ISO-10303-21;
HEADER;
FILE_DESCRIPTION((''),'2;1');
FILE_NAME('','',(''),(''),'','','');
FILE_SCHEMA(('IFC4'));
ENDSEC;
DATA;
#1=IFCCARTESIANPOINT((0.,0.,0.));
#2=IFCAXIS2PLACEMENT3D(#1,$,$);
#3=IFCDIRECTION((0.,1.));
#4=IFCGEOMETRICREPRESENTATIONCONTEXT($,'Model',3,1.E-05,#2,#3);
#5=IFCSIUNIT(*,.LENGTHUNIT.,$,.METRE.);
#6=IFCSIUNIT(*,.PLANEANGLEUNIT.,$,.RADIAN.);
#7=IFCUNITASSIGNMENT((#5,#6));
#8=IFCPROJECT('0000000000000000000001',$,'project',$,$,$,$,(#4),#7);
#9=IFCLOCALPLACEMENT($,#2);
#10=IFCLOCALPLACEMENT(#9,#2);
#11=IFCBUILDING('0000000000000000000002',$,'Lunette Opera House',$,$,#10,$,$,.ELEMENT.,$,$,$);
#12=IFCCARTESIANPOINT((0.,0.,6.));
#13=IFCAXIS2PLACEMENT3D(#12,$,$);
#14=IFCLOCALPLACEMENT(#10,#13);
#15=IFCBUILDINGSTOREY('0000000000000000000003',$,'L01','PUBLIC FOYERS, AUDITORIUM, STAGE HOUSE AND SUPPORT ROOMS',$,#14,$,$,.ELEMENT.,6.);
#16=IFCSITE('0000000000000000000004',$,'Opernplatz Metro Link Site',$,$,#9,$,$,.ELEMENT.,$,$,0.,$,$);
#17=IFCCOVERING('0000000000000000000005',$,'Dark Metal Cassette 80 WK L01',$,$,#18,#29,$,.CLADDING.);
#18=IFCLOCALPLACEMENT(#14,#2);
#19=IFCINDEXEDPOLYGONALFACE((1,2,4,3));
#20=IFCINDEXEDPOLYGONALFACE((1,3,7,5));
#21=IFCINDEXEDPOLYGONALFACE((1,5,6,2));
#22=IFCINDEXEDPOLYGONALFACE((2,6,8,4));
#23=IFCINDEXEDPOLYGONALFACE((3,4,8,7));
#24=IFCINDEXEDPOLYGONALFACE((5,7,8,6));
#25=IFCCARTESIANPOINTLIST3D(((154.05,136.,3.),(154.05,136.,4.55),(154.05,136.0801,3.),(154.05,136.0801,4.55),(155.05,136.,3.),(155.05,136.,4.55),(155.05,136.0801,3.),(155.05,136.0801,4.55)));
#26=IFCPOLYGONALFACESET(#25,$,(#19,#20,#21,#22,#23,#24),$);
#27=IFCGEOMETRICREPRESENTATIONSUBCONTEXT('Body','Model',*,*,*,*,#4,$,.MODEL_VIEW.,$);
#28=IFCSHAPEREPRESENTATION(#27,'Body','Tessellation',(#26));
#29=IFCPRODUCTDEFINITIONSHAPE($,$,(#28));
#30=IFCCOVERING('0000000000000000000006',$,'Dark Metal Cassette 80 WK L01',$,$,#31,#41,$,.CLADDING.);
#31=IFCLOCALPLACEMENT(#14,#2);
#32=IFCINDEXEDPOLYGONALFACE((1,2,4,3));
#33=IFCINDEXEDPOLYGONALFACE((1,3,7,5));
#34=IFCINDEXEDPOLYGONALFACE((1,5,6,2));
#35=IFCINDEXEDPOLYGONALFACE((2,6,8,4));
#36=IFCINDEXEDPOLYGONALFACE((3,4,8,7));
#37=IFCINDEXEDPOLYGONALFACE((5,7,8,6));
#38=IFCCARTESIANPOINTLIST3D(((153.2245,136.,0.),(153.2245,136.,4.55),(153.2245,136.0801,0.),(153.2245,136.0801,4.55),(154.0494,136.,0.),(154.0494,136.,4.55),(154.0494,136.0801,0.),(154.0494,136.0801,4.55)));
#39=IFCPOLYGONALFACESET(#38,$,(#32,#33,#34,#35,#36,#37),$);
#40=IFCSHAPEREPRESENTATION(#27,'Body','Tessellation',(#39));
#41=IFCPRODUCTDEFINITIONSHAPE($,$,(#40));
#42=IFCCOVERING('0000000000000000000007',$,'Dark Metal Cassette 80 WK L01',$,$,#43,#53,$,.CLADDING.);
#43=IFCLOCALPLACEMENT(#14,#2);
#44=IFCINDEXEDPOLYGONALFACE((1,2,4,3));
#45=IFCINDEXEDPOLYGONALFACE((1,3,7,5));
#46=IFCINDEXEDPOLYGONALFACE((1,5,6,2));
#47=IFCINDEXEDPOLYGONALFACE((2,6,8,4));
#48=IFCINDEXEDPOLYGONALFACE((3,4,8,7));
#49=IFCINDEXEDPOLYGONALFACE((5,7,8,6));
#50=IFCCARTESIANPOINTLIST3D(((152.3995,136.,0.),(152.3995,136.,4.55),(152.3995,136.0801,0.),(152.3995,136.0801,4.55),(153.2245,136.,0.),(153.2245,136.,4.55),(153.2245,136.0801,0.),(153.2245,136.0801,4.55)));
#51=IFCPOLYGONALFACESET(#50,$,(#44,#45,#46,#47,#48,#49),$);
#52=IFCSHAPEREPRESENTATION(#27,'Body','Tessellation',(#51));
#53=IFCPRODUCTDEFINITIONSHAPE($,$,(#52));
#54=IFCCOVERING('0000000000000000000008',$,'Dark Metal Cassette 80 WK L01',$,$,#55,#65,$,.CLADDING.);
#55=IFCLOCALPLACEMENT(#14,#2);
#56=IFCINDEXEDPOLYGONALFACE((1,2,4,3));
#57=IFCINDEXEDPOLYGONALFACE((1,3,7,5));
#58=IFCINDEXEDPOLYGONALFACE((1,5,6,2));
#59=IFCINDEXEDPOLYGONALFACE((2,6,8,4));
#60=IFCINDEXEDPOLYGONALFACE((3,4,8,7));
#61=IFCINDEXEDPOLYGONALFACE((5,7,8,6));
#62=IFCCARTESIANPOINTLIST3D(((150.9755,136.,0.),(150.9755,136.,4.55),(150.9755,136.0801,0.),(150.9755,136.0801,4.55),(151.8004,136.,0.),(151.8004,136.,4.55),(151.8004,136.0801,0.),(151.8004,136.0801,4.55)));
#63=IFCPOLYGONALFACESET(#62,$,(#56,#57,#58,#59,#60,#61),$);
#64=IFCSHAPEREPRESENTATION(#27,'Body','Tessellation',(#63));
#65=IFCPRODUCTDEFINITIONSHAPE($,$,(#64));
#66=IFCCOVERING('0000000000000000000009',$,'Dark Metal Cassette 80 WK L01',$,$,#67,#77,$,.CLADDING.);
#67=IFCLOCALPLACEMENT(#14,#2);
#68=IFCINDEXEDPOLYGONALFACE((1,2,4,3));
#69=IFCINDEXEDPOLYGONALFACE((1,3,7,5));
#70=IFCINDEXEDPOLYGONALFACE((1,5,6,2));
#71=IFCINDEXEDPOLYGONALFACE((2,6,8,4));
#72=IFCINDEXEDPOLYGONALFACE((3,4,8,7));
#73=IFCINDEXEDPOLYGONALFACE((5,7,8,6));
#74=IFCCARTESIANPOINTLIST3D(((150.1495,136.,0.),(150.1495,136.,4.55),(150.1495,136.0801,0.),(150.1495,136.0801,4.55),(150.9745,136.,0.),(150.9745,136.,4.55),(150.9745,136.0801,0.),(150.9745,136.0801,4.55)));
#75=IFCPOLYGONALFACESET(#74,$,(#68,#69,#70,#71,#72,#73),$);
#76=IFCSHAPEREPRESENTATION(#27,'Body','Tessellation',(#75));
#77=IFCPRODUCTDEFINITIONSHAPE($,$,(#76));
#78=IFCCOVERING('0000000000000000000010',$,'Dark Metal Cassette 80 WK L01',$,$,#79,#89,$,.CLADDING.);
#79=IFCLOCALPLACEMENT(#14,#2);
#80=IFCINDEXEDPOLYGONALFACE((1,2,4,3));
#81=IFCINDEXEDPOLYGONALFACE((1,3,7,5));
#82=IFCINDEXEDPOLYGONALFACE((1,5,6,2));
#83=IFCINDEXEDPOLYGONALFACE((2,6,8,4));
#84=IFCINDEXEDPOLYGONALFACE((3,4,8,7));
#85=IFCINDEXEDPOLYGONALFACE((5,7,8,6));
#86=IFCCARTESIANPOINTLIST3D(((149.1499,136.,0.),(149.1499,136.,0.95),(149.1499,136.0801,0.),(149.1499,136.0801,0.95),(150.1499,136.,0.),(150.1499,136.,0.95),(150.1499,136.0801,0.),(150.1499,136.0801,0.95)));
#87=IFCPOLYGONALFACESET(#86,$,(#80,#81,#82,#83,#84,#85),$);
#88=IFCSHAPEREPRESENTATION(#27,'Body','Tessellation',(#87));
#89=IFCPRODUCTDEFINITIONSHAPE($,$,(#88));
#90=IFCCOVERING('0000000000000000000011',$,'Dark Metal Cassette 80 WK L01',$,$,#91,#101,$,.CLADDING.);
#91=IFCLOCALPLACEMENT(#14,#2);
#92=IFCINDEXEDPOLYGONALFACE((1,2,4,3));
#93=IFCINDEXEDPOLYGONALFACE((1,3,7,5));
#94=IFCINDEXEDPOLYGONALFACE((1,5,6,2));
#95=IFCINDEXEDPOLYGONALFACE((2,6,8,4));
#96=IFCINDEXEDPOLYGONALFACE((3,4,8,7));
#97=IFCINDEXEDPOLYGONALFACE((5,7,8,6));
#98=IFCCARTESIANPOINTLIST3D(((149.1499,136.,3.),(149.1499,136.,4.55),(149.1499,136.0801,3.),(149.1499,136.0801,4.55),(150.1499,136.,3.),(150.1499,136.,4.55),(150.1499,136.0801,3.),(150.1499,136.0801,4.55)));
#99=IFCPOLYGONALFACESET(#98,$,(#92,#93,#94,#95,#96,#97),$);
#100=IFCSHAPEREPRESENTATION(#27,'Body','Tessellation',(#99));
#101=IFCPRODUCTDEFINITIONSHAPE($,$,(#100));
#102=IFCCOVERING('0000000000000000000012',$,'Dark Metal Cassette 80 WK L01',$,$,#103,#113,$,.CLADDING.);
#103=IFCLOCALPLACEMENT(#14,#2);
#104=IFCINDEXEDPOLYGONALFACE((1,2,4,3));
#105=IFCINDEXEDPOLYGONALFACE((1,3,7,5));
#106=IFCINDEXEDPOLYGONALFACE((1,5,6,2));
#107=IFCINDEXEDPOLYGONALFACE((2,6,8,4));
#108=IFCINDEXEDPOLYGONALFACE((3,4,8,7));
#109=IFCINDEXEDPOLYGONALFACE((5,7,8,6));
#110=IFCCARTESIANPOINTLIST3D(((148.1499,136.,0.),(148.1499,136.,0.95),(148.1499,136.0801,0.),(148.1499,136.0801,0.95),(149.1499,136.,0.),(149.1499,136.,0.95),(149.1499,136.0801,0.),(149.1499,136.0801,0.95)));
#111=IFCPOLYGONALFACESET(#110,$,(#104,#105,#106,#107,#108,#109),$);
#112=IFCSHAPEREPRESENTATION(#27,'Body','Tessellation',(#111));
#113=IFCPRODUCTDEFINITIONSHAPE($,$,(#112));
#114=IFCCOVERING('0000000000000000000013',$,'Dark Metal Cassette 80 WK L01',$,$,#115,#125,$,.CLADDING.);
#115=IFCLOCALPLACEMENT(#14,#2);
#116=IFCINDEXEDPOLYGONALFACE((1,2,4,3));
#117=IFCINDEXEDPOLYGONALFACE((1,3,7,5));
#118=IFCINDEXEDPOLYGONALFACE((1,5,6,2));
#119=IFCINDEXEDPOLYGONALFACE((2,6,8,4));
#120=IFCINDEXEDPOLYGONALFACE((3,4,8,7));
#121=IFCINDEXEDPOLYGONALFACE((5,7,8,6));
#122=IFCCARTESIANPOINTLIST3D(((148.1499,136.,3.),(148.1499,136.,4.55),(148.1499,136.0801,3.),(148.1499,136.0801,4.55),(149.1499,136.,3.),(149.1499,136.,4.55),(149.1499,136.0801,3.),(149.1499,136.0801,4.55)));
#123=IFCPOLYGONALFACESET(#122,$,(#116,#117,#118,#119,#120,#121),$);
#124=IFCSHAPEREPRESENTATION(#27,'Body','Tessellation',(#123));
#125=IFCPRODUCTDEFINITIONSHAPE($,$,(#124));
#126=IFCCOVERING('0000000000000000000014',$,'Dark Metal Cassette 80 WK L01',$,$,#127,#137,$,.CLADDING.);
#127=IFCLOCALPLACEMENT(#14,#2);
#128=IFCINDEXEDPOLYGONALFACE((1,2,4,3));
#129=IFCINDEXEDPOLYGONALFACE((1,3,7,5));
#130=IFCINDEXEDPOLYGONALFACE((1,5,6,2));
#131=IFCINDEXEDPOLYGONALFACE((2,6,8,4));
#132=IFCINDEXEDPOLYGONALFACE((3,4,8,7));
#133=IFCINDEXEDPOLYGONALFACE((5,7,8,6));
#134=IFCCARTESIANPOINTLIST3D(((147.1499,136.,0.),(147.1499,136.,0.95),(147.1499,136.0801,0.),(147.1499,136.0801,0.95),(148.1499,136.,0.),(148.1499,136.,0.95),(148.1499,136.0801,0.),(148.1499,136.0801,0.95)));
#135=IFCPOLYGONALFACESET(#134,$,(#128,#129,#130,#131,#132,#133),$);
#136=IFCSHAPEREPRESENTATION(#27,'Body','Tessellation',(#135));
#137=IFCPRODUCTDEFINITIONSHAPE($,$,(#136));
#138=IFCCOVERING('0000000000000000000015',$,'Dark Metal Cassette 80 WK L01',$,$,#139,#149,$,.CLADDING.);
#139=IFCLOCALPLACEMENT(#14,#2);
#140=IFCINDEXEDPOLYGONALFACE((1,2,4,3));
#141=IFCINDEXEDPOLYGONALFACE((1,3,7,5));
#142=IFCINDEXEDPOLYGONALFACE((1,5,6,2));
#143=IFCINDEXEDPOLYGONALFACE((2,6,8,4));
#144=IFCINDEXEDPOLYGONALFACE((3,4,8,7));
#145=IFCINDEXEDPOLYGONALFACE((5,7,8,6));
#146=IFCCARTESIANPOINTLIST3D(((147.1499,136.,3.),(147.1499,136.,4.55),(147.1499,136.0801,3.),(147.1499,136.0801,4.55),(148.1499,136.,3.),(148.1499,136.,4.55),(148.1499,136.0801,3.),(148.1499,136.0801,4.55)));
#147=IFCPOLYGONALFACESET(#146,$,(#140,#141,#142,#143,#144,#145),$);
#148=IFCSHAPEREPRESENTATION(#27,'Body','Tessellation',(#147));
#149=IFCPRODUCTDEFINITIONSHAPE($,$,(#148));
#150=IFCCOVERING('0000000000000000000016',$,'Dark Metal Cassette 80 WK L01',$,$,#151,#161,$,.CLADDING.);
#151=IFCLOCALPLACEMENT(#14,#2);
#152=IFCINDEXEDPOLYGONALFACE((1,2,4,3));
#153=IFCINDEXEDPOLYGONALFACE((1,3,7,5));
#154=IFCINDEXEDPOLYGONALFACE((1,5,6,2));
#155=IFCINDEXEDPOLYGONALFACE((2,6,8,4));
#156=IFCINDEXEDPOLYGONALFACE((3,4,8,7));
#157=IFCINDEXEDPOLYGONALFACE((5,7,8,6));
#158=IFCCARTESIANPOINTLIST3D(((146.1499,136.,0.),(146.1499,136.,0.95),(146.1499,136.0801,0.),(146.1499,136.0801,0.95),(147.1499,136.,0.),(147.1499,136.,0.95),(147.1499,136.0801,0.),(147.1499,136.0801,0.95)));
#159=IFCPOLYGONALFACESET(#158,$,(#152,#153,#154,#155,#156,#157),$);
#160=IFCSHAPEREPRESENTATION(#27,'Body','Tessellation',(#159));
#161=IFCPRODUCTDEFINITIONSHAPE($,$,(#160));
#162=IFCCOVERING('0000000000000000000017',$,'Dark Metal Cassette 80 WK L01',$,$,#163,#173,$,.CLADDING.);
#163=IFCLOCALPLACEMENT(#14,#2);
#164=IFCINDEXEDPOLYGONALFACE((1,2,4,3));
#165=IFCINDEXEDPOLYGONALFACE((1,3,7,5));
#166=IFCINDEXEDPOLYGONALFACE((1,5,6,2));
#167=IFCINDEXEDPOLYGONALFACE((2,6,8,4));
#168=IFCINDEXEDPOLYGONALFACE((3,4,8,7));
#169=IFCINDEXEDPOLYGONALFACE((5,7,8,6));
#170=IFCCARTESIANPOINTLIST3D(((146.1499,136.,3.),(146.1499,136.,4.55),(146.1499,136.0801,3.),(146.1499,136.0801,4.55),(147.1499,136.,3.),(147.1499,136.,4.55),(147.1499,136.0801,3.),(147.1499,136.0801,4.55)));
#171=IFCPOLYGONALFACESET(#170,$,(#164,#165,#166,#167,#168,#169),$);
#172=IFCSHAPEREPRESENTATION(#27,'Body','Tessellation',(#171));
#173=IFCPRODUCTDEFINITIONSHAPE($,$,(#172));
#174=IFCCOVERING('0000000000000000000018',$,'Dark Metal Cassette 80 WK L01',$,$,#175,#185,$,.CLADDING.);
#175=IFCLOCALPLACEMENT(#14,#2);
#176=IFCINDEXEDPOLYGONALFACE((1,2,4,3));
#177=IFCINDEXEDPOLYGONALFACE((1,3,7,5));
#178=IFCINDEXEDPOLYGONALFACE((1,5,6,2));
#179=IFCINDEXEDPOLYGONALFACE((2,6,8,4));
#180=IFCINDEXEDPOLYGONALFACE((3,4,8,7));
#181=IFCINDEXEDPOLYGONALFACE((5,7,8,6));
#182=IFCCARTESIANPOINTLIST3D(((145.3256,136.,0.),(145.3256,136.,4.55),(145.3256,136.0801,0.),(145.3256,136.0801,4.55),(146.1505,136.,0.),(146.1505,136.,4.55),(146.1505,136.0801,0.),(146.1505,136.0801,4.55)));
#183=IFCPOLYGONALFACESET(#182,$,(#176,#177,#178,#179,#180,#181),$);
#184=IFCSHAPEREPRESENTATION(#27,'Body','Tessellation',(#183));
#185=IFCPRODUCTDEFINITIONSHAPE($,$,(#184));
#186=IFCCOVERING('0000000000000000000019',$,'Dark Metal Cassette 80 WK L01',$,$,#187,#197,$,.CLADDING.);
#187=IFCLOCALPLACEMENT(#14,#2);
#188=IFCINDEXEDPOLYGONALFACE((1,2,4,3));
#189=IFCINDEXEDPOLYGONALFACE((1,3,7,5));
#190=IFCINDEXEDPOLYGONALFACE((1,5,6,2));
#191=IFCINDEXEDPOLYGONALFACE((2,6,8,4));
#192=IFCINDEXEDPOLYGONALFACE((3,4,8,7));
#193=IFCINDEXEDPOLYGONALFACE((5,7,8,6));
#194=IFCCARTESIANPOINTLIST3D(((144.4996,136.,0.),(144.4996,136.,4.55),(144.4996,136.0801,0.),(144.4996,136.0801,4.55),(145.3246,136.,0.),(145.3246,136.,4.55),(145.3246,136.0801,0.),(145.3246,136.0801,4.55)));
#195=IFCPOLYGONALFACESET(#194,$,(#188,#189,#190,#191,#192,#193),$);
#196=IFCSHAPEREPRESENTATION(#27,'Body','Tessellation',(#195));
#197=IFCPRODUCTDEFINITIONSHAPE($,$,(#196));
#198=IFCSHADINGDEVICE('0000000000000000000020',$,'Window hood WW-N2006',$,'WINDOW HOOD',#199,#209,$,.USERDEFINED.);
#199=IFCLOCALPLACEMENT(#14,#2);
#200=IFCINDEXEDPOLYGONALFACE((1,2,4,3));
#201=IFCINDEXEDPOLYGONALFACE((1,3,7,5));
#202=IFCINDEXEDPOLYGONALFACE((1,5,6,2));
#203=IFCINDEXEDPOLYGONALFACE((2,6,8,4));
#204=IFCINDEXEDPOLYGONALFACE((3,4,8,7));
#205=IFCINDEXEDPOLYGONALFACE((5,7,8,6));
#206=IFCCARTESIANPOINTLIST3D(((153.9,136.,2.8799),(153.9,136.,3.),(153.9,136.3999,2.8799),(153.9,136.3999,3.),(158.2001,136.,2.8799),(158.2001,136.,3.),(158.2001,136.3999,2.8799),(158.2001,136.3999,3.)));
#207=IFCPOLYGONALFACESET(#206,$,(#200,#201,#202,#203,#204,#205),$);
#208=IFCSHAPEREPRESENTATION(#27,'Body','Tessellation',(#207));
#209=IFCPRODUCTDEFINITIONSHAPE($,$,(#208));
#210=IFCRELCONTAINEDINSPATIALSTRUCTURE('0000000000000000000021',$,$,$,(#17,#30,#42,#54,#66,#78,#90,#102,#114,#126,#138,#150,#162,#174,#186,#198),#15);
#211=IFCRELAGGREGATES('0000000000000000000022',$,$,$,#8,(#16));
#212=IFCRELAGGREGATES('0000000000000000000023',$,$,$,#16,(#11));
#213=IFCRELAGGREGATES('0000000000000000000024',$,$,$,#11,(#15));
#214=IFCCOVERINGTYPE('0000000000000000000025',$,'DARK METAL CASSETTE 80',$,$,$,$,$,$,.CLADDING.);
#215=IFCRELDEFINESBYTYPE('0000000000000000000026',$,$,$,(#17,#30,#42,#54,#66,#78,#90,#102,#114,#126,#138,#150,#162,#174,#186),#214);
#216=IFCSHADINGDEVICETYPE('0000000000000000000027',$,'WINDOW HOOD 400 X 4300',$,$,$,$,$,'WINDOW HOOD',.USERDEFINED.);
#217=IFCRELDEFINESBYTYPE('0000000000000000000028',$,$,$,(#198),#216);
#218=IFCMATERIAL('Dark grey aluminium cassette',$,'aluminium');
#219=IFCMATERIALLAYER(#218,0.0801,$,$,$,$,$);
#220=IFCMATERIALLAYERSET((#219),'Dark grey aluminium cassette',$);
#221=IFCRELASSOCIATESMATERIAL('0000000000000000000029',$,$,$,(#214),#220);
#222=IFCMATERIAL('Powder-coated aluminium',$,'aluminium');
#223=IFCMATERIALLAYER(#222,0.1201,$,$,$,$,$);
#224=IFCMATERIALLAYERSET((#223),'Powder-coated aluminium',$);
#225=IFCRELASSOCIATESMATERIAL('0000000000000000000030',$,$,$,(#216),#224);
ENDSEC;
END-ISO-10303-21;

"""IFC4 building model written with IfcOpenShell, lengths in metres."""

from ifc_helpers import new_model, si_unit, direction, frame, origin, origin_2d, place, context, subcontext, project, spatial, rectangle, extrude, material, layer, layer_set, type_object, element, save


model = new_model("IFC4")

# Units and contexts
model_context = context("Model", 3, precision=1e-05, world=origin(), true_north=direction((0.0, 1.0)))
body_context = subcontext(model_context, "Body", "Model", "MODEL_VIEW")
ifc_project = project(units=[si_unit("LENGTHUNIT", "METRE"), si_unit("PLANEANGLEUNIT", "RADIAN")], contexts=[model_context])

# Site, building, storey
site_placement = place(None, origin())
site = spatial("IfcSite", under=ifc_project, at=site_placement, Name="Opernplatz Metro Link Site", CompositionType="ELEMENT", RefElevation=0.0)
building_placement = place(site_placement, origin())
building = spatial("IfcBuilding", under=site, at=building_placement, Name="Lunette Opera House", CompositionType="ELEMENT")
storey_placement = place(building_placement, frame((0.0, 0.0, 6.0)))
storey = spatial("IfcBuildingStorey", under=building, at=storey_placement, Name="L01", Description="PUBLIC FOYERS, AUDITORIUM, STAGE HOUSE AND SUPPORT ROOMS", CompositionType="ELEMENT", Elevation=6.0)

# Coverings
ifc_material_1 = material(Name="Dark grey aluminium cassette", Category="aluminium")
ifc_layer_1 = layer(ifc_material_1, 0.0801)
ifc_layer_set_1 = layer_set([ifc_layer_1], Name="Dark grey aluminium cassette")
covering_type = type_object("IfcCoveringType", Name="DARK METAL CASSETTE 80", PredefinedType="CLADDING", material=ifc_layer_set_1)
covering_1_placement = place(storey_placement, frame((154.55, 136.04, 3.0), z_axis=(0.0, 0.0, 1.0), x_axis=(-1.0, 0.0, 0.0)))
element("IfcCovering", 1, at=covering_1_placement, inside=storey, type_object=covering_type, Name="Dark Metal Cassette 80 WK L01", PredefinedType="CLADDING", context=body_context, shape_type="SweptSolid", body=[
    extrude(rectangle(XDim=1.0, YDim=0.0801, at=origin_2d()), origin(), (0.0, 0.0, 1.0), 1.55),
])
for number, where, z_axis, x_axis, name in (
    (2, (153.637, 136.04, 0.0), (0.0, 0.0, 1.0), (-1.0, 0.0, 0.0), "Dark Metal Cassette 80 WK L01"),
    (3, (152.812, 136.04, 0.0), (0.0, 0.0, 1.0), (-1.0, 0.0, 0.0), "Dark Metal Cassette 80 WK L01"),
    (4, (151.3879, 136.04, 0.0), (0.0, 0.0, 1.0), (-1.0, 0.0, 0.0), "Dark Metal Cassette 80 WK L01"),
    (5, (150.562, 136.04, 0.0), (0.0, 0.0, 1.0), (-1.0, 0.0, 0.0), "Dark Metal Cassette 80 WK L01"),
):
    element("IfcCovering", number, at=place(storey_placement, frame(where, z_axis=z_axis, x_axis=x_axis)), inside=storey, type_object=covering_type, Name=name, PredefinedType="CLADDING", context=body_context, shape_type="SweptSolid", body=[
        extrude(rectangle(XDim=0.825, YDim=0.0801, at=origin_2d()), origin(), (0.0, 0.0, 1.0), 4.55),
    ])
covering_2_placement = place(storey_placement, frame((149.6499, 136.04, 0.0), z_axis=(0.0, 0.0, 1.0), x_axis=(-1.0, 0.0, 0.0)))
element("IfcCovering", 6, at=covering_2_placement, inside=storey, type_object=covering_type, Name="Dark Metal Cassette 80 WK L01", PredefinedType="CLADDING", context=body_context, shape_type="SweptSolid", body=[
    extrude(rectangle(XDim=1.0, YDim=0.0801, at=origin_2d()), origin(), (0.0, 0.0, 1.0), 0.95),
])
covering_3_placement = place(storey_placement, frame((149.6499, 136.04, 3.0), z_axis=(0.0, 0.0, 1.0), x_axis=(-1.0, 0.0, 0.0)))
element("IfcCovering", 7, at=covering_3_placement, inside=storey, type_object=covering_type, Name="Dark Metal Cassette 80 WK L01", PredefinedType="CLADDING", context=body_context, shape_type="SweptSolid", body=[
    extrude(rectangle(XDim=1.0, YDim=0.0801, at=origin_2d()), origin(), (0.0, 0.0, 1.0), 1.55),
])
covering_4_placement = place(storey_placement, frame((148.6499, 136.04, 0.0), z_axis=(0.0, 0.0, 1.0), x_axis=(-1.0, 0.0, 0.0)))
element("IfcCovering", 8, at=covering_4_placement, inside=storey, type_object=covering_type, Name="Dark Metal Cassette 80 WK L01", PredefinedType="CLADDING", context=body_context, shape_type="SweptSolid", body=[
    extrude(rectangle(XDim=1.0, YDim=0.0801, at=origin_2d()), origin(), (0.0, 0.0, 1.0), 0.95),
])
covering_5_placement = place(storey_placement, frame((148.6499, 136.04, 3.0), z_axis=(0.0, 0.0, 1.0), x_axis=(-1.0, 0.0, 0.0)))
element("IfcCovering", 9, at=covering_5_placement, inside=storey, type_object=covering_type, Name="Dark Metal Cassette 80 WK L01", PredefinedType="CLADDING", context=body_context, shape_type="SweptSolid", body=[
    extrude(rectangle(XDim=1.0, YDim=0.0801, at=origin_2d()), origin(), (0.0, 0.0, 1.0), 1.55),
])
covering_6_placement = place(storey_placement, frame((147.6499, 136.04, 0.0), z_axis=(0.0, 0.0, 1.0), x_axis=(-1.0, 0.0, 0.0)))
element("IfcCovering", 10, at=covering_6_placement, inside=storey, type_object=covering_type, Name="Dark Metal Cassette 80 WK L01", PredefinedType="CLADDING", context=body_context, shape_type="SweptSolid", body=[
    extrude(rectangle(XDim=1.0, YDim=0.0801, at=origin_2d()), origin(), (0.0, 0.0, 1.0), 0.95),
])
covering_7_placement = place(storey_placement, frame((147.6499, 136.04, 3.0), z_axis=(0.0, 0.0, 1.0), x_axis=(-1.0, 0.0, 0.0)))
element("IfcCovering", 11, at=covering_7_placement, inside=storey, type_object=covering_type, Name="Dark Metal Cassette 80 WK L01", PredefinedType="CLADDING", context=body_context, shape_type="SweptSolid", body=[
    extrude(rectangle(XDim=1.0, YDim=0.0801, at=origin_2d()), origin(), (0.0, 0.0, 1.0), 1.55),
])
covering_8_placement = place(storey_placement, frame((146.6499, 136.04, 0.0), z_axis=(0.0, 0.0, 1.0), x_axis=(-1.0, 0.0, 0.0)))
element("IfcCovering", 12, at=covering_8_placement, inside=storey, type_object=covering_type, Name="Dark Metal Cassette 80 WK L01", PredefinedType="CLADDING", context=body_context, shape_type="SweptSolid", body=[
    extrude(rectangle(XDim=1.0, YDim=0.0801, at=origin_2d()), origin(), (0.0, 0.0, 1.0), 0.95),
])
covering_9_placement = place(storey_placement, frame((146.6499, 136.04, 3.0), z_axis=(0.0, 0.0, 1.0), x_axis=(-1.0, 0.0, 0.0)))
element("IfcCovering", 13, at=covering_9_placement, inside=storey, type_object=covering_type, Name="Dark Metal Cassette 80 WK L01", PredefinedType="CLADDING", context=body_context, shape_type="SweptSolid", body=[
    extrude(rectangle(XDim=1.0, YDim=0.0801, at=origin_2d()), origin(), (0.0, 0.0, 1.0), 1.55),
])
for number, where, z_axis, x_axis, name in (
    (14, (145.738, 136.04, 0.0), (0.0, 0.0, 1.0), (-1.0, 0.0, 0.0), "Dark Metal Cassette 80 WK L01"),
    (15, (144.9121, 136.04, 0.0), (0.0, 0.0, 1.0), (-1.0, 0.0, 0.0), "Dark Metal Cassette 80 WK L01"),
):
    element("IfcCovering", number, at=place(storey_placement, frame(where, z_axis=z_axis, x_axis=x_axis)), inside=storey, type_object=covering_type, Name=name, PredefinedType="CLADDING", context=body_context, shape_type="SweptSolid", body=[
        extrude(rectangle(XDim=0.825, YDim=0.0801, at=origin_2d()), origin(), (0.0, 0.0, 1.0), 4.55),
    ])

# Shading device
ifc_material_2 = material(Name="Powder-coated aluminium", Category="aluminium")
ifc_layer_2 = layer(ifc_material_2, 0.1201)
ifc_layer_set_2 = layer_set([ifc_layer_2], Name="Powder-coated aluminium")
shading_device_type = type_object("IfcShadingDeviceType", Name="WINDOW HOOD 400 X 4300", ElementType="WINDOW HOOD", PredefinedType="USERDEFINED", material=ifc_layer_set_2)
for number, where, z_axis, x_axis, name in (
    (16, (156.05, 136.2, 2.8799), (0.0, 0.0, 1.0), (0.0, 1.0, 0.0), "Window hood WW-N2006"),
):
    element("IfcShadingDevice", number, at=place(storey_placement, frame(where, z_axis=z_axis, x_axis=x_axis)), inside=storey, type_object=shading_device_type, Name=name, ObjectType="WINDOW HOOD", PredefinedType="USERDEFINED", context=body_context, shape_type="SweptSolid", body=[
        extrude(rectangle(XDim=0.3999, YDim=4.3, at=origin_2d()), origin(), (0.0, 0.0, 1.0), 0.1201),
    ])

save(model, "model.ifc")
